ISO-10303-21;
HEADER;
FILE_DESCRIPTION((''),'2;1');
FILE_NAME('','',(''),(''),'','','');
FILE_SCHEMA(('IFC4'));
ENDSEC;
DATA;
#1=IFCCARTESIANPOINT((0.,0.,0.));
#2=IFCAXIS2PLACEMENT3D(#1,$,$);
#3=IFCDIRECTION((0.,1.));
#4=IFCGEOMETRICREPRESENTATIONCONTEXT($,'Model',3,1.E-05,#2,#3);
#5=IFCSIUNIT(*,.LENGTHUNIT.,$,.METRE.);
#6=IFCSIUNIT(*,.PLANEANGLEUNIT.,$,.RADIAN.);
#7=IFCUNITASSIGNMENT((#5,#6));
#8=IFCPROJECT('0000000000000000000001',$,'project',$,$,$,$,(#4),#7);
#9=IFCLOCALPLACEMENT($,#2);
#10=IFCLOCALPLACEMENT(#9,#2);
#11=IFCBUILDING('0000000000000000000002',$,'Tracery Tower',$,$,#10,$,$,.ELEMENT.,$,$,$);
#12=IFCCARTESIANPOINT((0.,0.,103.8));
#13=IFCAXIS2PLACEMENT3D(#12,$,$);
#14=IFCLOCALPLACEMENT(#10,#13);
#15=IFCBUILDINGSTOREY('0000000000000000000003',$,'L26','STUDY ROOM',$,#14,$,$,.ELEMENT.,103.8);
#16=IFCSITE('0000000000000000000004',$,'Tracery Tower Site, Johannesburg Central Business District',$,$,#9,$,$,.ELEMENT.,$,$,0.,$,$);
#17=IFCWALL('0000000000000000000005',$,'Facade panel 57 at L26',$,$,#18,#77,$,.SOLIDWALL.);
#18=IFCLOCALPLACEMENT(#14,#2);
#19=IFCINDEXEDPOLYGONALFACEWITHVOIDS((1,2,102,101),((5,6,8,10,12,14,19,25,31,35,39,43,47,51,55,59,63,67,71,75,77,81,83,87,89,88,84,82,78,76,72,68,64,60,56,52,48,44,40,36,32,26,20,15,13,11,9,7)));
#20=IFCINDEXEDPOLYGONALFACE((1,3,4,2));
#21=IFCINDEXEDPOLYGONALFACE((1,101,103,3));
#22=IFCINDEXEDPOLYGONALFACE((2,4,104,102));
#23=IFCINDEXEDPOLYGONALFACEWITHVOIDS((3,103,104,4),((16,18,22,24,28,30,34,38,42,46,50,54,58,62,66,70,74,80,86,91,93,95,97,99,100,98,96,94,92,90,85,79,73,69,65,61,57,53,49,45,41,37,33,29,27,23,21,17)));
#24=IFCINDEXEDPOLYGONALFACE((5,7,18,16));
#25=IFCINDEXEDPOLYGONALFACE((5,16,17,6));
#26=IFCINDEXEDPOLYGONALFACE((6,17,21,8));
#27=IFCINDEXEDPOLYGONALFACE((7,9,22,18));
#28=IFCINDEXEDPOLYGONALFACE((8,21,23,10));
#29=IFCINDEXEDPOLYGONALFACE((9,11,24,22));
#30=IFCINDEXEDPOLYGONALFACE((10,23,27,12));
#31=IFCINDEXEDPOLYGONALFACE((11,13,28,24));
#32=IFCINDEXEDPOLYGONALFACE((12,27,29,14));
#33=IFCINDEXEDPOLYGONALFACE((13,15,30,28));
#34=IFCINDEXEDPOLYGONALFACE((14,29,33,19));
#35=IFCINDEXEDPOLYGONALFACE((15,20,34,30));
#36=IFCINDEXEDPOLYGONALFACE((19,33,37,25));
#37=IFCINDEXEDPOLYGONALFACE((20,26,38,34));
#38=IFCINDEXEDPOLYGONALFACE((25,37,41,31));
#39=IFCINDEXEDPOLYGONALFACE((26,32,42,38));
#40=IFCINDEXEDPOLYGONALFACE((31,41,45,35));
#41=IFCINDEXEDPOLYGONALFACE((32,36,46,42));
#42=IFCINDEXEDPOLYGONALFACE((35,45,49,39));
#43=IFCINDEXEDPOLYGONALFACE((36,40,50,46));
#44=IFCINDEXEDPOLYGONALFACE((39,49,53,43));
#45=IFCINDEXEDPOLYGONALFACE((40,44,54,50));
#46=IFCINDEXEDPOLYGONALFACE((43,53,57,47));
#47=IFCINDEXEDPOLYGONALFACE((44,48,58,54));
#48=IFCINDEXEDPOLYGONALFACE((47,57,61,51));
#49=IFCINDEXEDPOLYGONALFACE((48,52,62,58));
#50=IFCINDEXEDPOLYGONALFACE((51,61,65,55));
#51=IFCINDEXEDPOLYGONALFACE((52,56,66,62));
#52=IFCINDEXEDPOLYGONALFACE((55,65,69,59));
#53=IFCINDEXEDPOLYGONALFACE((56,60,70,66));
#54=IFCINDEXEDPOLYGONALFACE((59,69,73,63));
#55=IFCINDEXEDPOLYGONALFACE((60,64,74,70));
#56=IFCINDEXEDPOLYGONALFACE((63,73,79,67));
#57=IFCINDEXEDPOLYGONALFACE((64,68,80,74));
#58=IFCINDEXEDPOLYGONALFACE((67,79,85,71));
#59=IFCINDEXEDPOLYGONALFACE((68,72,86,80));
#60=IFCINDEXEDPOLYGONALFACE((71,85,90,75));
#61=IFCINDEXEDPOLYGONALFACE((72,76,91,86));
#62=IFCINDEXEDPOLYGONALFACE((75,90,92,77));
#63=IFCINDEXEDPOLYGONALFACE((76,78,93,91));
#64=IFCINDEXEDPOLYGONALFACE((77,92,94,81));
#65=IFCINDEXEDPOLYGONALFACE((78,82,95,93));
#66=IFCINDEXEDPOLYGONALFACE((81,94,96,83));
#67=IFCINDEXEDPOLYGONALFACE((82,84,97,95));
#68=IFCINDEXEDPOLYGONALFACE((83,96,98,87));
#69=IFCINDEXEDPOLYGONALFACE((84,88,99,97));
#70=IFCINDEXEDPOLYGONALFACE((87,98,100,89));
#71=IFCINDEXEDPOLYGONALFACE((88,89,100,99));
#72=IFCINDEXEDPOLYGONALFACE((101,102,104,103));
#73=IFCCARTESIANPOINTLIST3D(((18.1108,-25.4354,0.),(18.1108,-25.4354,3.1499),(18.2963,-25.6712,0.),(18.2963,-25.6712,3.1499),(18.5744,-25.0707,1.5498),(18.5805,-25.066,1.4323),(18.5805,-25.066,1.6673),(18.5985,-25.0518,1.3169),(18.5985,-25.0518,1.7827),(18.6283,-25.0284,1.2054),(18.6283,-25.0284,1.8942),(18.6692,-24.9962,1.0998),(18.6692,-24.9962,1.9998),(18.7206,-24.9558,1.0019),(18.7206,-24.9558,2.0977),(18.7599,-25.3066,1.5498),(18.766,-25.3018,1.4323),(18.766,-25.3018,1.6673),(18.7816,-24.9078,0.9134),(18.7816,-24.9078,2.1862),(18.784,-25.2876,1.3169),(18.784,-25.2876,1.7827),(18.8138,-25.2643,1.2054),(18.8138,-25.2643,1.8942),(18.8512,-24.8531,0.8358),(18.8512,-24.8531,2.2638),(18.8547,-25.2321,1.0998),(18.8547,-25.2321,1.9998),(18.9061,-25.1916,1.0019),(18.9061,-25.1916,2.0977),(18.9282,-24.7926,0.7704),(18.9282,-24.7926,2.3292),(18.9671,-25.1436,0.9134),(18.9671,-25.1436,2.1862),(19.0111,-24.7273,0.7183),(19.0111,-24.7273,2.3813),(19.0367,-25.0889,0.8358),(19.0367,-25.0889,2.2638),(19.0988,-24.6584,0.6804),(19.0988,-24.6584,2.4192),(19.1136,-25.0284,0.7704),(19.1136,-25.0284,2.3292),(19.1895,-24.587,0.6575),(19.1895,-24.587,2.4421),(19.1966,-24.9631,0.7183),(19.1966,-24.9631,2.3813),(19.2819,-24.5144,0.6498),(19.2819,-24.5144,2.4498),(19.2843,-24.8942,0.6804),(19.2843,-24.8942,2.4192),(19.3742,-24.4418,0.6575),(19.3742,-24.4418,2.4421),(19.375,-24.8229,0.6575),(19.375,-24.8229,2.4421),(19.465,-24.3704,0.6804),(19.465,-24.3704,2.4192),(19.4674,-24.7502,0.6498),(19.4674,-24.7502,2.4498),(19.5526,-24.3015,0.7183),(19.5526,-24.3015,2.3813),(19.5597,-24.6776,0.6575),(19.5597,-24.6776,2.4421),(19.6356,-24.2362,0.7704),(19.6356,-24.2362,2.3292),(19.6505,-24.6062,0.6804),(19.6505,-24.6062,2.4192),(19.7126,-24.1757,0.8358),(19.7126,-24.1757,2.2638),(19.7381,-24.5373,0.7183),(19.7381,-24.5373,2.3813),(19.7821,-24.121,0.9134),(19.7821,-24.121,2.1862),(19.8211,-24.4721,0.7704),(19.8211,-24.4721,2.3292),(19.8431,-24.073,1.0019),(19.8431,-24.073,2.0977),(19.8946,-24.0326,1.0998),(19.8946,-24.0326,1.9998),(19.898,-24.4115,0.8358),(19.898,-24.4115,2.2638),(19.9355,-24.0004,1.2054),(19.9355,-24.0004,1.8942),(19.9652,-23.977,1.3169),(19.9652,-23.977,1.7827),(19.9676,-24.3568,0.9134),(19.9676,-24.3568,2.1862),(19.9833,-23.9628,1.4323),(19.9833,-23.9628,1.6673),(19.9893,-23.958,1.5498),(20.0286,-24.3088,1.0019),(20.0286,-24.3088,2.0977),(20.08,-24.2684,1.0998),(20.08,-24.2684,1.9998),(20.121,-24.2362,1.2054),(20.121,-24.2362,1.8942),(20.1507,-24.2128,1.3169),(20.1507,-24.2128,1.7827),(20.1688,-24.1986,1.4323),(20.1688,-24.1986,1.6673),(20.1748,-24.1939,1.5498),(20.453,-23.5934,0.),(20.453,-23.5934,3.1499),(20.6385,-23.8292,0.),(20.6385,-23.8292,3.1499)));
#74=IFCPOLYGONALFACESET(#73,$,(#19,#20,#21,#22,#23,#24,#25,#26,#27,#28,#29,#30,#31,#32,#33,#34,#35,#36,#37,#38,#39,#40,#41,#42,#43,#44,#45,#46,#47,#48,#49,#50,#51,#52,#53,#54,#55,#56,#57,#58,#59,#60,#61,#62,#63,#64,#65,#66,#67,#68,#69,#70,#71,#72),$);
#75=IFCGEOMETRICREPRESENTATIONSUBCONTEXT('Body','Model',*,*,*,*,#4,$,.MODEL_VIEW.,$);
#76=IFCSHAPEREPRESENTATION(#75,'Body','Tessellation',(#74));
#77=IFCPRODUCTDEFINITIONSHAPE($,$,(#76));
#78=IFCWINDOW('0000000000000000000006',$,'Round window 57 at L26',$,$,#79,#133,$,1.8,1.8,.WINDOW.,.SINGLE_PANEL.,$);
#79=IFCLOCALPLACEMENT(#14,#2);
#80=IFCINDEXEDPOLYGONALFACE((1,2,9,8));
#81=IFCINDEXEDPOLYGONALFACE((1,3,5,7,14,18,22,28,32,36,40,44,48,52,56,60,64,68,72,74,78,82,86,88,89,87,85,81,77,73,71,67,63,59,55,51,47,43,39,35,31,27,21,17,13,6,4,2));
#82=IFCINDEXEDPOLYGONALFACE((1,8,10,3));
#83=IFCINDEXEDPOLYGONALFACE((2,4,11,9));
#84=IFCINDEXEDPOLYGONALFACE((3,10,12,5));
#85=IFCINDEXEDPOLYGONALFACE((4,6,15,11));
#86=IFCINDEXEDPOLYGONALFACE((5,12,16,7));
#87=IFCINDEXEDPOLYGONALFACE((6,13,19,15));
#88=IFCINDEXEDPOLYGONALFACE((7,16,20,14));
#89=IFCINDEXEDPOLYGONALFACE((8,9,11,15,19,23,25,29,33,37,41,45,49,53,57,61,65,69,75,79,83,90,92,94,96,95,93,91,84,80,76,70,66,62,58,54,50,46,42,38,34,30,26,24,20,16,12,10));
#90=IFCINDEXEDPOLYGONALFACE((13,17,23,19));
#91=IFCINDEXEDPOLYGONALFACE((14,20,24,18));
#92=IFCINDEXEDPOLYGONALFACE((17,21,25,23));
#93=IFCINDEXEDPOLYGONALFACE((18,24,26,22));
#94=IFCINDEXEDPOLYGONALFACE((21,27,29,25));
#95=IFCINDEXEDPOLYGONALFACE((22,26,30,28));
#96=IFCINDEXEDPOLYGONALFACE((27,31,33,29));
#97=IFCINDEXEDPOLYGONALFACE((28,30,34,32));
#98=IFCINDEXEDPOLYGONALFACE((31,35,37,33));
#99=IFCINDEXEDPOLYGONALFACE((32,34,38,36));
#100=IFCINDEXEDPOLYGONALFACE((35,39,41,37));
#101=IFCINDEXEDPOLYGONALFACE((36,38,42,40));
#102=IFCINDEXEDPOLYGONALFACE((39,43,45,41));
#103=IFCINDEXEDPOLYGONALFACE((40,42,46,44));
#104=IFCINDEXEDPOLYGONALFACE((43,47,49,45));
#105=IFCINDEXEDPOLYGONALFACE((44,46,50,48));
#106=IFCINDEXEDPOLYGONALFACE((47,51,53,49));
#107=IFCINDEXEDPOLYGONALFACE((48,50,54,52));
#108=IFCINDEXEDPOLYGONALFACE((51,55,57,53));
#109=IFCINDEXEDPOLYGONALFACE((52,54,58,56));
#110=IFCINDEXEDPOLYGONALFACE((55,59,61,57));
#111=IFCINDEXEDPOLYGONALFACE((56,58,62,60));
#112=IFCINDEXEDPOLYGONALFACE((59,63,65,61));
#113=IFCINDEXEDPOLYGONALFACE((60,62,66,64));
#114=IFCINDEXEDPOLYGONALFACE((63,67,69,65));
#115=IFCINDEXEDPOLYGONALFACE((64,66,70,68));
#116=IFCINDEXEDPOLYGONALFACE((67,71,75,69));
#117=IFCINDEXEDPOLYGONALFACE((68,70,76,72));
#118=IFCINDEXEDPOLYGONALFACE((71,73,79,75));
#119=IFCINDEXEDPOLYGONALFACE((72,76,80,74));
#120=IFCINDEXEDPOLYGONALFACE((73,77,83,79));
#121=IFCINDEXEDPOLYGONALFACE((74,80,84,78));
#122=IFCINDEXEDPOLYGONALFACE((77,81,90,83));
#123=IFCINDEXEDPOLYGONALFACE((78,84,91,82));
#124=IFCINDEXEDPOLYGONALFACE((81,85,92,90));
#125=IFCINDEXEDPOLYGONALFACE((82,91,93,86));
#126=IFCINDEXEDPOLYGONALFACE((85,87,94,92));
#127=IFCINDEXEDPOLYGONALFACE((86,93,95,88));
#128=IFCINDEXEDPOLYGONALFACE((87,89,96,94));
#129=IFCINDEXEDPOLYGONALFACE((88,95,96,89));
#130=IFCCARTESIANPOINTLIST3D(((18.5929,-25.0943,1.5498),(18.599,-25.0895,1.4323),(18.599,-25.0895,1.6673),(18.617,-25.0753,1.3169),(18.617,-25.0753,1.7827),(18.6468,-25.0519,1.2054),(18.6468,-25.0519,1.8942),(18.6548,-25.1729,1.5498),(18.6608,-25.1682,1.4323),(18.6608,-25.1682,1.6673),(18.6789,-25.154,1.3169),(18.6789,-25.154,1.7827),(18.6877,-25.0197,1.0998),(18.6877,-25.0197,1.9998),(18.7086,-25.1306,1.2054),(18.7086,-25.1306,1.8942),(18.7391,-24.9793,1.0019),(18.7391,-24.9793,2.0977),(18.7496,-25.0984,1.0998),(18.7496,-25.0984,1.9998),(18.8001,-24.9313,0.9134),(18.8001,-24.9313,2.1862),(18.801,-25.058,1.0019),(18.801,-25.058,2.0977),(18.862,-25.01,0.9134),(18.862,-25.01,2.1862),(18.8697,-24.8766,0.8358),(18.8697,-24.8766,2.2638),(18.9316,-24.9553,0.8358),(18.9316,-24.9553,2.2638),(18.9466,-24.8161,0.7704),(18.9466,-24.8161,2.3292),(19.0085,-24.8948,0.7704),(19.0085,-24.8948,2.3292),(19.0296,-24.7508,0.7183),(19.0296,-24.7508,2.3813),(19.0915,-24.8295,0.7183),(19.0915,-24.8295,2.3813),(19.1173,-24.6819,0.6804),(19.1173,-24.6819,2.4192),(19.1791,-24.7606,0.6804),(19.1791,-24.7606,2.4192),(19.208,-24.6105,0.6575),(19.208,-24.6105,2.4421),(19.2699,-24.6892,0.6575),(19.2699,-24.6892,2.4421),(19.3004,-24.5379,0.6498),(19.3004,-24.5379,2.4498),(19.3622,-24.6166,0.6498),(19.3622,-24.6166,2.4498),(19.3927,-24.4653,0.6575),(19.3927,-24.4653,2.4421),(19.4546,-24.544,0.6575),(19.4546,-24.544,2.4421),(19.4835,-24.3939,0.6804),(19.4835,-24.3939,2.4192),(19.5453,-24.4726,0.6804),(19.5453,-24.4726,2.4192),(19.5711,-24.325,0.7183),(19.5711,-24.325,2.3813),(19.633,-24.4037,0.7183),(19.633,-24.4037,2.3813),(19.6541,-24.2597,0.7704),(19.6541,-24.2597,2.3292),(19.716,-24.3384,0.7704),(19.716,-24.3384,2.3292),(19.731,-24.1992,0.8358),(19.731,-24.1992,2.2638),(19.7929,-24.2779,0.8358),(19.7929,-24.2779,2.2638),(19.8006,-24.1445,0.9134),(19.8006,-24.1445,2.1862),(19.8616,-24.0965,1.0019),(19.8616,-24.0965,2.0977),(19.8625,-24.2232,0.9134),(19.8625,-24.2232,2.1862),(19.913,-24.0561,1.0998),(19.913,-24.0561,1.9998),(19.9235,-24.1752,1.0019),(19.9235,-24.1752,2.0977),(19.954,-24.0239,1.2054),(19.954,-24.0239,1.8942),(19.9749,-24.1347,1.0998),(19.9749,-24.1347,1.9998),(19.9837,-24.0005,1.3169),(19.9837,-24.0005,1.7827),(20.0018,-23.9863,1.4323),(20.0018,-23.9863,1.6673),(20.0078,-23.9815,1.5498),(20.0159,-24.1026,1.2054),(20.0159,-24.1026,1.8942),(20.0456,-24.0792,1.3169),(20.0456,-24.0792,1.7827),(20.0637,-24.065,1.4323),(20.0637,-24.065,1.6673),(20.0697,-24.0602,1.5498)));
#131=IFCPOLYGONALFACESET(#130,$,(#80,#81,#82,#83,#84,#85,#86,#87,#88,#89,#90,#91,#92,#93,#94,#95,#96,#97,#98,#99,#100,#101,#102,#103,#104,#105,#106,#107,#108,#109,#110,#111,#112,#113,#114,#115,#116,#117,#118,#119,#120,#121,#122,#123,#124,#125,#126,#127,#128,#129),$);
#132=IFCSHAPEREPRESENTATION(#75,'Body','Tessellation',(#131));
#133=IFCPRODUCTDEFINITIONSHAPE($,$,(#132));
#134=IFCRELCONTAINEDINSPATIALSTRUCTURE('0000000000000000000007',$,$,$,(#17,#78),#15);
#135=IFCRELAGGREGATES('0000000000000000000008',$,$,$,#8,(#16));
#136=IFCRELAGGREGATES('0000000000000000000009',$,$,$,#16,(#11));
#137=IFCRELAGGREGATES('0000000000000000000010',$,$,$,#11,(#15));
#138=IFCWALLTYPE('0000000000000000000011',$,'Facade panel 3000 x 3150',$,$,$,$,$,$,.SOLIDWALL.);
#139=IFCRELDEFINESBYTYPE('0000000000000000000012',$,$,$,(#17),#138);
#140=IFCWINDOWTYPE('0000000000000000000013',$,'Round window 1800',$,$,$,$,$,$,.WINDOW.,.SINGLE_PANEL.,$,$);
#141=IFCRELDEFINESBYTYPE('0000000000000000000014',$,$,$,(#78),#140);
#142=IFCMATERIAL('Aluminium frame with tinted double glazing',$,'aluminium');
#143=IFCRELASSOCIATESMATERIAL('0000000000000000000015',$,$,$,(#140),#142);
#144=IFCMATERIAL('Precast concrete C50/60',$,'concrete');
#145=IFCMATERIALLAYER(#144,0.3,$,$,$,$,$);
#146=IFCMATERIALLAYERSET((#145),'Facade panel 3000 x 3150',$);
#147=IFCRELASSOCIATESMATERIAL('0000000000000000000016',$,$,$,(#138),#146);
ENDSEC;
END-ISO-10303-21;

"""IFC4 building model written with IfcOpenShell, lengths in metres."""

from ifc_helpers import new_model, si_unit, direction, frame, frame_2d, origin, origin_2d, place, context, subcontext, project, spatial, rectangle, circle, extrude, material, layer, layer_set, type_object, element, fill, save


model = new_model("IFC4")

# Units and contexts
model_context = context("Model", 3, precision=1e-05, world=origin(), true_north=direction((0.0, 1.0)))
body_context = subcontext(model_context, "Body", "Model", "MODEL_VIEW")
ifc_project = project(units=[si_unit("LENGTHUNIT", "METRE"), si_unit("PLANEANGLEUNIT", "RADIAN")], contexts=[model_context])

# Site, building, storey
site_placement = place(None, origin())
site = spatial("IfcSite", under=ifc_project, at=site_placement, Name="Tracery Tower Site, Johannesburg Central Business District", CompositionType="ELEMENT", RefElevation=0.0)
building_placement = place(site_placement, origin())
building = spatial("IfcBuilding", under=site, at=building_placement, Name="Tracery Tower", CompositionType="ELEMENT")
storey_placement = place(building_placement, frame((0.0, 0.0, 103.8)))
storey = spatial("IfcBuildingStorey", under=building, at=storey_placement, Name="L26", Description="STUDY ROOM", CompositionType="ELEMENT", Elevation=103.8)

# Wall, opening, window
ifc_material_1 = material(Name="Aluminium frame with tinted double glazing", Category="aluminium")
window_type = type_object("IfcWindowType", Name="Round window 1800", PartitioningType="SINGLE_PANEL", PredefinedType="WINDOW", material=ifc_material_1)
ifc_material_2 = material(Name="Precast concrete C50/60", Category="concrete")
ifc_layer_1 = layer(ifc_material_2, 0.3)
ifc_layer_set_1 = layer_set([ifc_layer_1], Name="Facade panel 3000 x 3150")
wall_type_1 = type_object("IfcWallType", Name="Facade panel 3000 x 3150", PredefinedType="SOLIDWALL", material=ifc_layer_set_1)
wall_1_placement = place(storey_placement, frame((18.2036, -25.5532, 0.0), z_axis=(0.0, 0.0, 1.0), x_axis=(0.786045, 0.618169, 0.0)))
wall_1 = element("IfcWall", 1, at=wall_1_placement, inside=storey, type_object=wall_type_1, Name="Facade panel 57 at L26", PredefinedType="SOLIDWALL", context=body_context, shape_type="SweptSolid", body=[
    extrude(rectangle(XDim=2.9797, YDim=0.3, at=frame_2d((1.4897, 0.0))), origin(), (0.0, 0.0, 1.0), 3.1499),
])
opening_1_placement = place(wall_1_placement, frame((1.4897, 0.0, 1.5498)))
opening_1 = element("IfcOpeningElement", 2, at=opening_1_placement, cuts=wall_1, PredefinedType="OPENING", context=body_context, shape_type="SweptSolid", body=[
    extrude(circle(Radius=0.9, at=origin_2d()), frame((0.0, 0.1599, 0.0), z_axis=(0.0, -1.0, 0.0), x_axis=(1.0, 0.0, 0.0)), (0.0, 0.0, 1.0), 0.3201),
])
window_1_placement = place(opening_1_placement, origin())
window_1 = element("IfcWindow", 3, at=window_1_placement, inside=storey, type_object=window_type, Name="Round window 57 at L26", OverallHeight=1.8, OverallWidth=1.8, PartitioningType="SINGLE_PANEL", PredefinedType="WINDOW", context=body_context, shape_type="SweptSolid", body=[
    extrude(circle(Radius=0.9, at=origin_2d()), frame((0.0, 0.1201, 0.0), z_axis=(0.0, -1.0, 0.0), x_axis=(1.0, 0.0, 0.0)), (0.0, 0.0, 1.0), 0.1001),
])
fill(opening_1, window_1)

save(model, "model.ifc")
